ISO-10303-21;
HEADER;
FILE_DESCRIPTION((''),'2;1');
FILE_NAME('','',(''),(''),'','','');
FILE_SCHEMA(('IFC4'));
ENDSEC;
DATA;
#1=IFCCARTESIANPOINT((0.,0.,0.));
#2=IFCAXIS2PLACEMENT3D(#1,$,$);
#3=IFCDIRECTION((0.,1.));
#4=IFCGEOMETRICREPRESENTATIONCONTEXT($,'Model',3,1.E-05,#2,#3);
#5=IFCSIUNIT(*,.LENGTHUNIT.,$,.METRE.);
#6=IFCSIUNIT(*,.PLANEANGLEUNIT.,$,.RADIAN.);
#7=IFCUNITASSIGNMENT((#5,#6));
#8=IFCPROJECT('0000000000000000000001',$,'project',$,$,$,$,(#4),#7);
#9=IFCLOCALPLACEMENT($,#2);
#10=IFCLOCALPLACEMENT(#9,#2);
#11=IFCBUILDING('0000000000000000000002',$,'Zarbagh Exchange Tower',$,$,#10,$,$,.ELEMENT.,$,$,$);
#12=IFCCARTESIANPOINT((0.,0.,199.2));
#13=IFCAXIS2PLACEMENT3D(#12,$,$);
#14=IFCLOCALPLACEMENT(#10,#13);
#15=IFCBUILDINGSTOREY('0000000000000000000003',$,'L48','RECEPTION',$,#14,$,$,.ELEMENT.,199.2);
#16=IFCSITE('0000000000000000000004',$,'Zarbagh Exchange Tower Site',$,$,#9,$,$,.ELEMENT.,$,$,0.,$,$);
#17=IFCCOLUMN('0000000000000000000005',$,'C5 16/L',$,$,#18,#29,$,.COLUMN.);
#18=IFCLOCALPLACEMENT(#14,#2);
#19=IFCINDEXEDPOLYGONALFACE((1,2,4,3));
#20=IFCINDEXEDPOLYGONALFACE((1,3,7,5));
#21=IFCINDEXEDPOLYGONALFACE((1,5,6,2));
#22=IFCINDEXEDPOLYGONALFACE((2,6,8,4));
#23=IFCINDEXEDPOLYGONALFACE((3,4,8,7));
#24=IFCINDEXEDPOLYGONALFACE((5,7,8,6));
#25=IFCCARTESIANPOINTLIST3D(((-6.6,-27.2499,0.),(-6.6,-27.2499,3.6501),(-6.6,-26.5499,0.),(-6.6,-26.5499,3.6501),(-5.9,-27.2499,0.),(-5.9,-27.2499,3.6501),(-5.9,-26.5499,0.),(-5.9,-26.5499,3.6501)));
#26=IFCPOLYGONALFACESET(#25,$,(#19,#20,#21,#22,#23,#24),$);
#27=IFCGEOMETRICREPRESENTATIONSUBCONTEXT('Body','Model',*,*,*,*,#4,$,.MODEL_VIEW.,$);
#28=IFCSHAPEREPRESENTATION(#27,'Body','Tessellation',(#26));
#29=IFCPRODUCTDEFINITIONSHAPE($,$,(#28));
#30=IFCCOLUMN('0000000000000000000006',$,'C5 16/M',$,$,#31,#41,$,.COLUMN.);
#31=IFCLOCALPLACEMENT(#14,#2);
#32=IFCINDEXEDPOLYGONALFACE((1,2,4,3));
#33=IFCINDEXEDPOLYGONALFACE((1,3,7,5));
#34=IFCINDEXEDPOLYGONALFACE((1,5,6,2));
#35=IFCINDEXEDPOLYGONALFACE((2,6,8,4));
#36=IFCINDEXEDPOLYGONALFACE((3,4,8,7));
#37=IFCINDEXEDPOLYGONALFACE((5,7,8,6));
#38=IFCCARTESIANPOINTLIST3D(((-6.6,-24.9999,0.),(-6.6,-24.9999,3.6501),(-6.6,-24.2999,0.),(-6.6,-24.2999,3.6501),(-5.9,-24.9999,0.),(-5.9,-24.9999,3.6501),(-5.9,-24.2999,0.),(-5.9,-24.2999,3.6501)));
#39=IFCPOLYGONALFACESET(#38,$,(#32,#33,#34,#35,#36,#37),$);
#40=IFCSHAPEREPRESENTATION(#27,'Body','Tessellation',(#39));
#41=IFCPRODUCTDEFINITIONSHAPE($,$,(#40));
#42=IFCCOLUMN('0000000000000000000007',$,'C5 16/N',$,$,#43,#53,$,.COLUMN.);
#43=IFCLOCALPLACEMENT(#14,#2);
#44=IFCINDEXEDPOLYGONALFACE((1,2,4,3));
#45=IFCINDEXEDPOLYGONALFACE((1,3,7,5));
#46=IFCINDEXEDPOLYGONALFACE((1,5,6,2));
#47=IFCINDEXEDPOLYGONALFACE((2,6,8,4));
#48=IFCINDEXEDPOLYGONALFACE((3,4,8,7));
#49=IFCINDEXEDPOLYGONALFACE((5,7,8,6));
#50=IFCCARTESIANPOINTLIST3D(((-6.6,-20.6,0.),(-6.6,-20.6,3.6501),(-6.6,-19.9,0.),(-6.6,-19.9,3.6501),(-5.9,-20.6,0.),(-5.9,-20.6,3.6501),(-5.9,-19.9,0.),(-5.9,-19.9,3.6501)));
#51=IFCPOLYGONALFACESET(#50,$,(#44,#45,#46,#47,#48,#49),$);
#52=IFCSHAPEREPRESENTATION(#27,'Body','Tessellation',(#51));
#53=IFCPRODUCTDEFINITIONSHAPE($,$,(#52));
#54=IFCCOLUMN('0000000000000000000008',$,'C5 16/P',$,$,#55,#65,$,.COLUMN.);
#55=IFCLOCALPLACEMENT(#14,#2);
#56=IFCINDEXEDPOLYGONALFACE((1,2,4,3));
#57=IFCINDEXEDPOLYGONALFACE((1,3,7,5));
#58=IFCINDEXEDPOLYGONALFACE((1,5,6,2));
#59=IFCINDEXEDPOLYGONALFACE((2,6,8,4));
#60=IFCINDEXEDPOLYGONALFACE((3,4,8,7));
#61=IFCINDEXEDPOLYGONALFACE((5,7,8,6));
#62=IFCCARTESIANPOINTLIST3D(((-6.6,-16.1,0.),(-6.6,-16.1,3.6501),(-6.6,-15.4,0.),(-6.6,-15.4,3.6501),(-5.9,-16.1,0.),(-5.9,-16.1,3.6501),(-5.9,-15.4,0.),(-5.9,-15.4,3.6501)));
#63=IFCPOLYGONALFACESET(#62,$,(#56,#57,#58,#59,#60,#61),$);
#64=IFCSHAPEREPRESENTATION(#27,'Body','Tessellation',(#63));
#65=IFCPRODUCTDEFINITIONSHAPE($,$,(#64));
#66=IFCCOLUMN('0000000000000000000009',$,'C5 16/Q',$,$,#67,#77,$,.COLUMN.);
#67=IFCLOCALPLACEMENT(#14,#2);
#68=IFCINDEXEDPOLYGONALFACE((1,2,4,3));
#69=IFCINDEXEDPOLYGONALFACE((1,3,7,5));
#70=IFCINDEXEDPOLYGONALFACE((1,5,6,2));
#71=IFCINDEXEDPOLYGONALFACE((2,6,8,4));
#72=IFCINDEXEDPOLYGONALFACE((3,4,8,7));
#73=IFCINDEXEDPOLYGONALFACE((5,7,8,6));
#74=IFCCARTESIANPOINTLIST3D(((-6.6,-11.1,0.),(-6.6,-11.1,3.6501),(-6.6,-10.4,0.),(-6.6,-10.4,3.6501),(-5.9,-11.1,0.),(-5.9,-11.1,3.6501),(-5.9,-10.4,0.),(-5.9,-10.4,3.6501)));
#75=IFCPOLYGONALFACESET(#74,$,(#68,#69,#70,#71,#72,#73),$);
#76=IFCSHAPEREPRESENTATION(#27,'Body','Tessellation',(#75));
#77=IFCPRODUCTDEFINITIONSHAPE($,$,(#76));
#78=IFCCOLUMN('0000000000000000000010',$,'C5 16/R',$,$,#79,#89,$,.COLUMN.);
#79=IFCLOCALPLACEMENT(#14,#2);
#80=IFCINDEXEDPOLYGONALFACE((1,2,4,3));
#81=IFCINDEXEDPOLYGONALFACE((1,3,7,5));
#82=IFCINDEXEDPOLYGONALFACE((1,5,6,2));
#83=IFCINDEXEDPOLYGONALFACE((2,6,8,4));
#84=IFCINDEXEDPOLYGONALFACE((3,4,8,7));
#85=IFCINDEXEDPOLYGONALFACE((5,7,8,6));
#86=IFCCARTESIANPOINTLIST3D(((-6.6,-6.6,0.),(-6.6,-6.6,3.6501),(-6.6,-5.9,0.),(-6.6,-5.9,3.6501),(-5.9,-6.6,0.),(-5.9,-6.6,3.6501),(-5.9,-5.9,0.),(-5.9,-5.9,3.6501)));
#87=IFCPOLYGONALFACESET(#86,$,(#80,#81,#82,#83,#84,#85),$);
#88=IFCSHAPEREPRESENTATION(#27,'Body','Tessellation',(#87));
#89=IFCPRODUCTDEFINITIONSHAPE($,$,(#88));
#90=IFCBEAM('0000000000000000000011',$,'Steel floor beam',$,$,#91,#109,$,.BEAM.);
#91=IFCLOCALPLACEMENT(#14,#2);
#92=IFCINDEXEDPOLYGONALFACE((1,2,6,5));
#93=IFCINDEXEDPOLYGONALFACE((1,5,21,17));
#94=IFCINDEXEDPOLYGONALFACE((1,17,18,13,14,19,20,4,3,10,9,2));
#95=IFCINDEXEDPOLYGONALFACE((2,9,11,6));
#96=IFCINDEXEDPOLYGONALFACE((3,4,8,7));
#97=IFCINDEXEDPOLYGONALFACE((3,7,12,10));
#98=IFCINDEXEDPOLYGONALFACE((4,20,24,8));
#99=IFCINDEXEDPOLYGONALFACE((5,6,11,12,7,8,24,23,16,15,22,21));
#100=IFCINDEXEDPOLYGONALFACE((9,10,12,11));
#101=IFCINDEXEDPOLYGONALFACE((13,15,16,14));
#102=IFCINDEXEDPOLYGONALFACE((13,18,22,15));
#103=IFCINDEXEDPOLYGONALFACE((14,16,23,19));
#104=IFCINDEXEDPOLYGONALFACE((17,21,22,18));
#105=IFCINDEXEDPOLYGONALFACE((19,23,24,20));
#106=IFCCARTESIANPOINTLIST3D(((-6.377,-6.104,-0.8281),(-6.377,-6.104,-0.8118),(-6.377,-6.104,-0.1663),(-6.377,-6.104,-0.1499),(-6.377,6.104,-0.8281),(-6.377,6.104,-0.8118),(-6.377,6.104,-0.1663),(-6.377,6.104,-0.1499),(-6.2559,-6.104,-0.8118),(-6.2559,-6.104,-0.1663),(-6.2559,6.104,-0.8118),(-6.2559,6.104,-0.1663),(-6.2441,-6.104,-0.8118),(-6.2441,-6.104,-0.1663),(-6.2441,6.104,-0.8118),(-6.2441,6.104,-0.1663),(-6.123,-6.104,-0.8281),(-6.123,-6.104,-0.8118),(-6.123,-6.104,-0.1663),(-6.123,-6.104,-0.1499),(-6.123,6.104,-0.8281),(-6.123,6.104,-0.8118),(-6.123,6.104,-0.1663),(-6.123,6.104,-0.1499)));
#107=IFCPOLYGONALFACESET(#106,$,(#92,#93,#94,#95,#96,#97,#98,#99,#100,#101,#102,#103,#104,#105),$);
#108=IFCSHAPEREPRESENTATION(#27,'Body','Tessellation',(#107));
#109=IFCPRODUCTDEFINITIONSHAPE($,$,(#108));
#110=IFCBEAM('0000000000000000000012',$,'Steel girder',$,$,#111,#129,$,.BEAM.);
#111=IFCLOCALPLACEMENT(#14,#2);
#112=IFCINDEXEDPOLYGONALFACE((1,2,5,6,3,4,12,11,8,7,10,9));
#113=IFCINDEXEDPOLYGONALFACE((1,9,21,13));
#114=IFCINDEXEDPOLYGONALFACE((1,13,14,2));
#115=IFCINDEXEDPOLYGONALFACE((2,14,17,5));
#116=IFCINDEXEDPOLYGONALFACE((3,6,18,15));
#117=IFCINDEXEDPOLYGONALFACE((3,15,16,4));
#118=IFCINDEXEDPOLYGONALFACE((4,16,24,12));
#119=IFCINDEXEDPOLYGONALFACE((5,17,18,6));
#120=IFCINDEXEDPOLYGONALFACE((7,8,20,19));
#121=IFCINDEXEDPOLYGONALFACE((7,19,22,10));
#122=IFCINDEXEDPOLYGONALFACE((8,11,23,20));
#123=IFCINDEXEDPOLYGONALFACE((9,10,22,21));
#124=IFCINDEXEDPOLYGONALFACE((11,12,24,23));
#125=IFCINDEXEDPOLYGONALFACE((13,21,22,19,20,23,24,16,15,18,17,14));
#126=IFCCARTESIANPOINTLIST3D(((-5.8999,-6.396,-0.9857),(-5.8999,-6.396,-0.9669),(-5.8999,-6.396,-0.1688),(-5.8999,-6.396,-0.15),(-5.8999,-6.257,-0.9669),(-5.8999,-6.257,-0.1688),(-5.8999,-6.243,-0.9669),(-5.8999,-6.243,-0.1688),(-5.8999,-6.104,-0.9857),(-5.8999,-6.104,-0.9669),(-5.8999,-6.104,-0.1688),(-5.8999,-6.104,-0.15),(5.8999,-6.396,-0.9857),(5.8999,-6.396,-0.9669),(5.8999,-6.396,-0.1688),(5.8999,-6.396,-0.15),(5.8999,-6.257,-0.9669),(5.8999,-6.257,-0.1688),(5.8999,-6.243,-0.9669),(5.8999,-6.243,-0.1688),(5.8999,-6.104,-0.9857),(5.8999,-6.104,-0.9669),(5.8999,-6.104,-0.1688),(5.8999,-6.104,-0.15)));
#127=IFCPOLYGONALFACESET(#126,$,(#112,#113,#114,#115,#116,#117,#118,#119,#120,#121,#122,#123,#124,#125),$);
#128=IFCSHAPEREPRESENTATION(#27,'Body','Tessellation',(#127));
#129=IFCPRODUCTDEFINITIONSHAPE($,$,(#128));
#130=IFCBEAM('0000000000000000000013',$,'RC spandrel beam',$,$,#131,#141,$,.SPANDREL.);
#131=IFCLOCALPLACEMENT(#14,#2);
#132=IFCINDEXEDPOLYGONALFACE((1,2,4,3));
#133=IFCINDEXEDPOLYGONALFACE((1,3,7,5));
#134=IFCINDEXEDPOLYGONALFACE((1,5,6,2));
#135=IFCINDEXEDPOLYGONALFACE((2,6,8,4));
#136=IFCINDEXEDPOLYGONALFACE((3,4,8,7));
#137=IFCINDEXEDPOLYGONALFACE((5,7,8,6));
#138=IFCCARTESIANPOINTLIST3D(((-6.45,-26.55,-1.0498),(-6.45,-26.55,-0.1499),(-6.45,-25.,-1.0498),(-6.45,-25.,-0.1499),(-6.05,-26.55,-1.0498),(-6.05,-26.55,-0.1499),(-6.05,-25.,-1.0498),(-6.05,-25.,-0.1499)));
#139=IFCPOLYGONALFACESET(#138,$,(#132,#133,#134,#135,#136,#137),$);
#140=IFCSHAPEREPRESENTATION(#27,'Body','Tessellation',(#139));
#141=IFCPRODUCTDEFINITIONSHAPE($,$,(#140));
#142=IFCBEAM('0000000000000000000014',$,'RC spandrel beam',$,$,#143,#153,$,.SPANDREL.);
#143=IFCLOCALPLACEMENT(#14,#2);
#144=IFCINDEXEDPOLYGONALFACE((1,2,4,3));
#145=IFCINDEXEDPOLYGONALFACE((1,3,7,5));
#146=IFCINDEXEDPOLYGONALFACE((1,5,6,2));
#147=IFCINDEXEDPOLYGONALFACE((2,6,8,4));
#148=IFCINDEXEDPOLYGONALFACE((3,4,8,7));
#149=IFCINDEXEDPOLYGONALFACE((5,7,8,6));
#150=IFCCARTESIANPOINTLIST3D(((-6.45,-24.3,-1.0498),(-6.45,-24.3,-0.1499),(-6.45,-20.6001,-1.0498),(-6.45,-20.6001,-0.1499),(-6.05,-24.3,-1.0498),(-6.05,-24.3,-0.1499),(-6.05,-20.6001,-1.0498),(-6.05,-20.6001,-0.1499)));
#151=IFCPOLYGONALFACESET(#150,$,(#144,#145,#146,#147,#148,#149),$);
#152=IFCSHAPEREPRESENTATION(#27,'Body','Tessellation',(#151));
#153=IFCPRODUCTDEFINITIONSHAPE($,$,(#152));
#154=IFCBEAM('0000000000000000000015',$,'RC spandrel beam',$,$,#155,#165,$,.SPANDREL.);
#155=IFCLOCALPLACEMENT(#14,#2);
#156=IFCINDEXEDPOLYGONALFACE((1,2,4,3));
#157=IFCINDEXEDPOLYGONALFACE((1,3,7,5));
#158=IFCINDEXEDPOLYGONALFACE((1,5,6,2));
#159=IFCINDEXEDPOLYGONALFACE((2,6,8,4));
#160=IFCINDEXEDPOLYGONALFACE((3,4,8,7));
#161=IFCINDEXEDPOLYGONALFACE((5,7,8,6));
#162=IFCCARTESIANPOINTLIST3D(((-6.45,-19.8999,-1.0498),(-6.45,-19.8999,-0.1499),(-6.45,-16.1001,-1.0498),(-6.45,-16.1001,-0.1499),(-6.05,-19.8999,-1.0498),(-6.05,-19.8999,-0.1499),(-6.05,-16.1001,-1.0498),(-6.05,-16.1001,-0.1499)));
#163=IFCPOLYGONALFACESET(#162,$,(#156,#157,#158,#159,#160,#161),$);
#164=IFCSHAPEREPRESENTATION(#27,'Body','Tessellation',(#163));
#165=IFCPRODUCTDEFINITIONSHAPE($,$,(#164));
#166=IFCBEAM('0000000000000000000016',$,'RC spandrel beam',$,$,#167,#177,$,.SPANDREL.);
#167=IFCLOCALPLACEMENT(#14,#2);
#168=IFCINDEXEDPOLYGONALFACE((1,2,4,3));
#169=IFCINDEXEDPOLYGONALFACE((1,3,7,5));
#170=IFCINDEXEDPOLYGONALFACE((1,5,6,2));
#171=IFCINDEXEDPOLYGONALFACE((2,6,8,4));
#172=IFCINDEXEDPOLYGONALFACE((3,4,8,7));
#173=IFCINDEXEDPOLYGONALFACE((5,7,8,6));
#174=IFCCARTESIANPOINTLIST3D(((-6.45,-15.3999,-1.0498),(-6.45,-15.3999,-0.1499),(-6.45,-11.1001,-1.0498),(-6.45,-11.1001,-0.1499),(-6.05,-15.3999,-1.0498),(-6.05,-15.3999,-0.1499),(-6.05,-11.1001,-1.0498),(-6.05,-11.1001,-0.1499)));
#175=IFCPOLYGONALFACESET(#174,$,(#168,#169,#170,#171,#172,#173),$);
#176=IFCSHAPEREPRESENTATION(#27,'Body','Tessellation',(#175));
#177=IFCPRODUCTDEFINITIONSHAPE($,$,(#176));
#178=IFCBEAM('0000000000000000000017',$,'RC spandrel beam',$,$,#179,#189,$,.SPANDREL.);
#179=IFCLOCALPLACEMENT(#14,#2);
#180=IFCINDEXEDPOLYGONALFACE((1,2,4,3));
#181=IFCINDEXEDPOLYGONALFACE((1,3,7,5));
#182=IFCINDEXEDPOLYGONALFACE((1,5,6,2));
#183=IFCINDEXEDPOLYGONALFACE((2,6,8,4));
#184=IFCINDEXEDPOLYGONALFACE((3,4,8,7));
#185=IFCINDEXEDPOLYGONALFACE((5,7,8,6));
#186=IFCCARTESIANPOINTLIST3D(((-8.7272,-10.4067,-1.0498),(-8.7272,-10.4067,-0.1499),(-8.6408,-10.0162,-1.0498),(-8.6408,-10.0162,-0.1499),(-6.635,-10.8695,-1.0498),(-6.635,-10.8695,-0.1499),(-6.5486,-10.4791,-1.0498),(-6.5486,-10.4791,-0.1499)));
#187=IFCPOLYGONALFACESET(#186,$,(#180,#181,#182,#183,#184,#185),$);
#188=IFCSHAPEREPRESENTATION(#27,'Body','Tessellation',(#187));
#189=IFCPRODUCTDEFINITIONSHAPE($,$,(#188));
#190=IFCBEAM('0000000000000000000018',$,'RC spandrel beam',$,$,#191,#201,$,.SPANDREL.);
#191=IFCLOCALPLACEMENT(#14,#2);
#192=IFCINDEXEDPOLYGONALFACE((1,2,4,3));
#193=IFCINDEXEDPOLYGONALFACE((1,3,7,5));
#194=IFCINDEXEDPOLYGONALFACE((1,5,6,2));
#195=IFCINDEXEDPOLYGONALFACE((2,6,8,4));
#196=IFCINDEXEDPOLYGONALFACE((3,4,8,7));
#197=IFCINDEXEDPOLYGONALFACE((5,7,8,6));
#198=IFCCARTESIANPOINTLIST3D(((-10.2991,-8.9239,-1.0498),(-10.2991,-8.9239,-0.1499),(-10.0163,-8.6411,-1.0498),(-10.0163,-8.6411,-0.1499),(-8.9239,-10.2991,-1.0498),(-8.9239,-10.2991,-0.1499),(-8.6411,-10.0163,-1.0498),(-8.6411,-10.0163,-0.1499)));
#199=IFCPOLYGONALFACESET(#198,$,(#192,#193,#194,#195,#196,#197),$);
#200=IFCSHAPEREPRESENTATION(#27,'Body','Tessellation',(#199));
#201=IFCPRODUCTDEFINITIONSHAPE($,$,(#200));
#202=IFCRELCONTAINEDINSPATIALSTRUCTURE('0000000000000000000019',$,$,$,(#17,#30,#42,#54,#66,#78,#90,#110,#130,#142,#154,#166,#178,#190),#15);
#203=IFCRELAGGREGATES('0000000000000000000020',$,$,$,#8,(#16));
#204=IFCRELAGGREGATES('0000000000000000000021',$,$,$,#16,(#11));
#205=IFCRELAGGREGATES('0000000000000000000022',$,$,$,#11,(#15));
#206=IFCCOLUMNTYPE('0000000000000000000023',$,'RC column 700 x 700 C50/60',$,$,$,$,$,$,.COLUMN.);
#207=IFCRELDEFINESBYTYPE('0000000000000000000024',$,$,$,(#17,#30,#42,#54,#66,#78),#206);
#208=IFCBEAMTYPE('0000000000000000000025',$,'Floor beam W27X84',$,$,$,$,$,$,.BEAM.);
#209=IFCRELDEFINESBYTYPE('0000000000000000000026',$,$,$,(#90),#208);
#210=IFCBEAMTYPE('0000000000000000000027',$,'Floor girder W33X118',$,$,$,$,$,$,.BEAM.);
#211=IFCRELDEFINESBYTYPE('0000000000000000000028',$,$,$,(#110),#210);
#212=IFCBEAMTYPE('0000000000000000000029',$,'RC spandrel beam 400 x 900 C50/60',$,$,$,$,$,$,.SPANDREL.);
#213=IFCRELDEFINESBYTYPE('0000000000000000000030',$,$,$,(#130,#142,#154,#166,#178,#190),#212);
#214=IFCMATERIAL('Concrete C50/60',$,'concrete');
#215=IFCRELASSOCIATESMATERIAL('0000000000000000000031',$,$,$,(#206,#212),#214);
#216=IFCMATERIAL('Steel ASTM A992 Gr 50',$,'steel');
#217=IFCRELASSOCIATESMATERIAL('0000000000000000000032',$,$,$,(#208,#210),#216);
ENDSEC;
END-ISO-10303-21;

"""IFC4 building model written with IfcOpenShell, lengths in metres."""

from ifc_helpers import new_model, si_unit, direction, frame, origin, origin_2d, place, context, subcontext, project, spatial, rectangle, i_section, extrude, material, material_profile, profile_set, type_object, element, save


model = new_model("IFC4")

# Units and contexts
model_context = context("Model", 3, precision=1e-05, world=origin(), true_north=direction((0.0, 1.0)))
body_context = subcontext(model_context, "Body", "Model", "MODEL_VIEW")
ifc_project = project(units=[si_unit("LENGTHUNIT", "METRE"), si_unit("PLANEANGLEUNIT", "RADIAN")], contexts=[model_context])

# Site, building, storey
site_placement = place(None, origin())
site = spatial("IfcSite", under=ifc_project, at=site_placement, Name="Zarbagh Exchange Tower Site", CompositionType="ELEMENT", RefElevation=0.0)
building_placement = place(site_placement, origin())
building = spatial("IfcBuilding", under=site, at=building_placement, Name="Zarbagh Exchange Tower", CompositionType="ELEMENT")
storey_placement = place(building_placement, frame((0.0, 0.0, 199.2)))
storey = spatial("IfcBuildingStorey", under=building, at=storey_placement, Name="L48", Description="RECEPTION", CompositionType="ELEMENT", Elevation=199.2)

# Columns
ifc_material_1 = material(Name="Concrete C50/60", Category="concrete")
ifc_material_profile_1 = material_profile(ifc_material_1, rectangle(XDim=0.7, YDim=0.7, at=origin_2d()), Name="RC column 700 x 700 C50/60")
ifc_profile_set_1 = profile_set([ifc_material_profile_1], Name="Concrete C50/60")
column_type = type_object("IfcColumnType", Name="RC column 700 x 700 C50/60", PredefinedType="COLUMN", material=ifc_profile_set_1)
for number, where, z_axis, x_axis, name in (
    (1, (-6.25, -26.8999, 0.0), (0.0, 0.0, 1.0), (1.0, 0.0, 0.0), "C5 16/L"),
    (2, (-6.25, -24.6499, 0.0), (0.0, 0.0, 1.0), (1.0, 0.0, 0.0), "C5 16/M"),
    (3, (-6.25, -20.25, 0.0), (0.0, 0.0, 1.0), (1.0, 0.0, 0.0), "C5 16/N"),
    (4, (-6.25, -15.75, 0.0), (0.0, 0.0, 1.0), (1.0, 0.0, 0.0), "C5 16/P"),
    (5, (-6.25, -10.75, 0.0), (0.0, 0.0, 1.0), (1.0, 0.0, 0.0), "C5 16/Q"),
    (6, (-6.25, -6.25, 0.0), (0.0, 0.0, 1.0), (1.0, 0.0, 0.0), "C5 16/R"),
):
    element("IfcColumn", number, at=place(storey_placement, frame(where, z_axis=z_axis, x_axis=x_axis)), inside=storey, type_object=column_type, Name=name, PredefinedType="COLUMN", context=body_context, shape_type="SweptSolid", body=[
        extrude(rectangle(XDim=0.7, YDim=0.7, at=origin_2d()), origin(), (0.0, 0.0, 1.0), 3.6501),
    ])

# Beams
ifc_material_2 = material(Name="Steel ASTM A992 Gr 50", Category="steel")
ifc_material_profile_2 = material_profile(ifc_material_2, i_section(OverallWidth=0.2539, OverallDepth=0.6782, WebThickness=0.0117, FlangeThickness=0.0164, at=origin_2d()), Name="W27X84")
ifc_profile_set_2 = profile_set([ifc_material_profile_2], Name="Steel ASTM A992 Gr 50")
beam_type_1 = type_object("IfcBeamType", Name="Floor beam W27X84", PredefinedType="BEAM", material=ifc_profile_set_2)
beam_1_placement = place(storey_placement, frame((-6.25, -6.104, -0.489), z_axis=(0.0, 1.0, 0.0), x_axis=(-1.0, 0.0, 0.0)))
element("IfcBeam", 7, at=beam_1_placement, inside=storey, type_object=beam_type_1, Name="Steel floor beam", PredefinedType="BEAM", context=body_context, shape_type="SweptSolid", body=[
    extrude(i_section(OverallWidth=0.2539, OverallDepth=0.6782, WebThickness=0.0117, FlangeThickness=0.0164, at=origin_2d()), origin(), (0.0, 0.0, 1.0), 12.208),
])
ifc_material_profile_3 = material_profile(ifc_material_2, i_section(OverallWidth=0.292, OverallDepth=0.8357, WebThickness=0.0139, FlangeThickness=0.0188, at=origin_2d()), Name="W33X118")
ifc_profile_set_3 = profile_set([ifc_material_profile_3], Name="Steel ASTM A992 Gr 50")
beam_type_2 = type_object("IfcBeamType", Name="Floor girder W33X118", PredefinedType="BEAM", material=ifc_profile_set_3)
beam_2_placement = place(storey_placement, frame((-5.8999, -6.25, -0.5679), z_axis=(1.0, 0.0, 0.0), x_axis=(0.0, 1.0, 0.0)))
element("IfcBeam", 8, at=beam_2_placement, inside=storey, type_object=beam_type_2, Name="Steel girder", PredefinedType="BEAM", context=body_context, shape_type="SweptSolid", body=[
    extrude(i_section(OverallWidth=0.292, OverallDepth=0.8357, WebThickness=0.0139, FlangeThickness=0.0188, at=origin_2d()), origin(), (0.0, 0.0, 1.0), 11.7998),
])
ifc_material_profile_4 = material_profile(ifc_material_1, rectangle(XDim=0.3999, YDim=0.8999, at=origin_2d()), Name="RC spandrel beam 400 x 900 C50/60")
ifc_profile_set_4 = profile_set([ifc_material_profile_4], Name="Concrete C50/60")
beam_type_3 = type_object("IfcBeamType", Name="RC spandrel beam 400 x 900 C50/60", PredefinedType="SPANDREL", material=ifc_profile_set_4)
beam_3_placement = place(storey_placement, frame((-6.25, -26.55, -0.5999), z_axis=(0.0, 1.0, 0.0), x_axis=(-1.0, 0.0, 0.0)))
element("IfcBeam", 9, at=beam_3_placement, inside=storey, type_object=beam_type_3, Name="RC spandrel beam", PredefinedType="SPANDREL", context=body_context, shape_type="SweptSolid", body=[
    extrude(rectangle(XDim=0.3999, YDim=0.8999, at=origin_2d()), origin(), (0.0, 0.0, 1.0), 1.55),
])
beam_4_placement = place(storey_placement, frame((-6.25, -24.3, -0.5999), z_axis=(0.0, 1.0, 0.0), x_axis=(-1.0, 0.0, 0.0)))
element("IfcBeam", 10, at=beam_4_placement, inside=storey, type_object=beam_type_3, Name="RC spandrel beam", PredefinedType="SPANDREL", context=body_context, shape_type="SweptSolid", body=[
    extrude(rectangle(XDim=0.3999, YDim=0.8999, at=origin_2d()), origin(), (0.0, 0.0, 1.0), 3.7),
])
beam_5_placement = place(storey_placement, frame((-6.25, -19.8999, -0.5999), z_axis=(0.0, 1.0, 0.0), x_axis=(-1.0, 0.0, 0.0)))
element("IfcBeam", 11, at=beam_5_placement, inside=storey, type_object=beam_type_3, Name="RC spandrel beam", PredefinedType="SPANDREL", context=body_context, shape_type="SweptSolid", body=[
    extrude(rectangle(XDim=0.3999, YDim=0.8999, at=origin_2d()), origin(), (0.0, 0.0, 1.0), 3.7998),
])
beam_6_placement = place(storey_placement, frame((-6.25, -15.3999, -0.5999), z_axis=(0.0, 1.0, 0.0), x_axis=(-1.0, 0.0, 0.0)))
element("IfcBeam", 12, at=beam_6_placement, inside=storey, type_object=beam_type_3, Name="RC spandrel beam", PredefinedType="SPANDREL", context=body_context, shape_type="SweptSolid", body=[
    extrude(rectangle(XDim=0.3999, YDim=0.8999, at=origin_2d()), origin(), (0.0, 0.0, 1.0), 4.2998),
])
beam_7_placement = place(storey_placement, frame((-6.5918, -10.6743, -0.5999), z_axis=(-0.97639, 0.216014, 0.0), x_axis=(-0.216014, -0.97639, 0.0)))
element("IfcBeam", 13, at=beam_7_placement, inside=storey, type_object=beam_type_3, Name="RC spandrel beam", PredefinedType="SPANDREL", context=body_context, shape_type="SweptSolid", body=[
    extrude(rectangle(XDim=0.3999, YDim=0.8999, at=origin_2d()), origin(), (0.0, 0.0, 1.0), 2.1428),
])
beam_8_placement = place(storey_placement, frame((-8.7825, -10.1577, -0.5999), z_axis=(-0.707107, 0.707107, 0.0), x_axis=(-0.707107, -0.707107, 0.0)))
element("IfcBeam", 14, at=beam_8_placement, inside=storey, type_object=beam_type_3, Name="RC spandrel beam", PredefinedType="SPANDREL", context=body_context, shape_type="SweptSolid", body=[
    extrude(rectangle(XDim=0.3999, YDim=0.8999, at=origin_2d()), origin(), (0.0, 0.0, 1.0), 1.9448),
])

save(model, "model.ifc")
